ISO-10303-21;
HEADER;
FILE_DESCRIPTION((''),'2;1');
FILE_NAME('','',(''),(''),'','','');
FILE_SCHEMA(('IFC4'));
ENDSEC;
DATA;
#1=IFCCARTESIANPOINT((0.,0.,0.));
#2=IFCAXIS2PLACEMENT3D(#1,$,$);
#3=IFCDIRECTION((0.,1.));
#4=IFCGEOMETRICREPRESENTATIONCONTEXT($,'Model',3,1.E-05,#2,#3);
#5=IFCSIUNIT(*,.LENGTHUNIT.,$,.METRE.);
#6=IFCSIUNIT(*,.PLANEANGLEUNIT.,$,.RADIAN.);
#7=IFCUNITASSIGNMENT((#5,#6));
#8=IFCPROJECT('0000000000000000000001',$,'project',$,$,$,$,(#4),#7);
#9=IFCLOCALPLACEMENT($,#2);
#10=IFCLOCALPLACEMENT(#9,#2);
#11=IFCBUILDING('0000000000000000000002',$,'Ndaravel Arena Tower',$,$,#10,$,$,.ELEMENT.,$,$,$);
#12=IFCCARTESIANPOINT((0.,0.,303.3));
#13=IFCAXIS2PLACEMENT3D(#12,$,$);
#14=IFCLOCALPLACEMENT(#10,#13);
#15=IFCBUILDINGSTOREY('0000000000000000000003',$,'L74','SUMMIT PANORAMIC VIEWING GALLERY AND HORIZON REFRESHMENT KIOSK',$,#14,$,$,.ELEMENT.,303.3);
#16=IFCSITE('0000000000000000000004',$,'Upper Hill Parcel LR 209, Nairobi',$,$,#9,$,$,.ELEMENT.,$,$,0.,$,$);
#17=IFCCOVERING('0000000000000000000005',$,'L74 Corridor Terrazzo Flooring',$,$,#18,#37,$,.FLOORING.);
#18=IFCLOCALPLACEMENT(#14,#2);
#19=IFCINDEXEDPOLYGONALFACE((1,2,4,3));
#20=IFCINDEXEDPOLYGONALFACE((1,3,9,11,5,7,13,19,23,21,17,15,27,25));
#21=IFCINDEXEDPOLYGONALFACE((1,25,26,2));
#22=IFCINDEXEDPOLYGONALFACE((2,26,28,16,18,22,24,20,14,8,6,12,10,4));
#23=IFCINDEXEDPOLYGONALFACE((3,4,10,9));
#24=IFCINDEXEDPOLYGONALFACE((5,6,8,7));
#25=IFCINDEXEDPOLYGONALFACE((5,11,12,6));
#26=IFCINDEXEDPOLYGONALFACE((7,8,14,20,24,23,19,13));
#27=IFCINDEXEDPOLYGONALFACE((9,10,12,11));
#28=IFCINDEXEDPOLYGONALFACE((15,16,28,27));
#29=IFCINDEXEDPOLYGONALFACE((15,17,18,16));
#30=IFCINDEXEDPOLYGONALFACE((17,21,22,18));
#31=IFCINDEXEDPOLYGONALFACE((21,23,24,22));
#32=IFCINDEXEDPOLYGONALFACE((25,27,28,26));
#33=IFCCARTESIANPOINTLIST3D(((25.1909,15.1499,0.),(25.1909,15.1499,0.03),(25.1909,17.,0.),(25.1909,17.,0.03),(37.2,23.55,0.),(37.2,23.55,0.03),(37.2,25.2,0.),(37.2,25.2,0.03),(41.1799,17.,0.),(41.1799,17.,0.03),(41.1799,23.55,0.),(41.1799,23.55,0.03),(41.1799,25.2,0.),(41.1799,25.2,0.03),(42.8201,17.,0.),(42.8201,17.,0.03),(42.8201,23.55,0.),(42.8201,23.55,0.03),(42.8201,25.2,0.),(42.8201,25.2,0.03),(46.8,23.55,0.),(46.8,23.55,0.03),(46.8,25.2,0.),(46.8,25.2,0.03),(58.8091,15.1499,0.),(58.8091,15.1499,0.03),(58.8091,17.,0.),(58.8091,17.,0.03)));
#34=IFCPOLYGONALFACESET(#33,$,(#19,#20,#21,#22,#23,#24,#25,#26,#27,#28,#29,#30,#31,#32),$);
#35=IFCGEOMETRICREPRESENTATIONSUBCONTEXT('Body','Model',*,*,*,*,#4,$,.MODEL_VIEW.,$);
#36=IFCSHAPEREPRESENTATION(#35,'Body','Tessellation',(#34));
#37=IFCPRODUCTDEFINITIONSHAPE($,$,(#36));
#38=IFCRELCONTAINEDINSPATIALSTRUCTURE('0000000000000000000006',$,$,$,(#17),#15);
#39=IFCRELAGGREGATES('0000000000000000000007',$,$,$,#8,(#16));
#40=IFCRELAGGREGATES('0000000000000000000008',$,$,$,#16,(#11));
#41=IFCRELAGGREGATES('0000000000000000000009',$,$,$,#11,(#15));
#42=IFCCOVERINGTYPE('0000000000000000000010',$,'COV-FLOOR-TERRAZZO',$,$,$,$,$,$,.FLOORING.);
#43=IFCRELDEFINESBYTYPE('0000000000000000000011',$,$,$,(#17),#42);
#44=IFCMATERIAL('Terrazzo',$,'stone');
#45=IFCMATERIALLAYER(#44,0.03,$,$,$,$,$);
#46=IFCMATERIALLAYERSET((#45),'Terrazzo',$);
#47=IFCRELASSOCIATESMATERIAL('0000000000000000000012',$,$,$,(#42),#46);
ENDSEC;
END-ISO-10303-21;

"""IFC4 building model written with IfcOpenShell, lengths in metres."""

from ifc_helpers import new_model, si_unit, direction, frame, origin, place, context, subcontext, project, spatial, polyline, outline, extrude, material, layer, layer_set, type_object, element, save


model = new_model("IFC4")

# Units and contexts
model_context = context("Model", 3, precision=1e-05, world=origin(), true_north=direction((0.0, 1.0)))
body_context = subcontext(model_context, "Body", "Model", "MODEL_VIEW")
ifc_project = project(units=[si_unit("LENGTHUNIT", "METRE"), si_unit("PLANEANGLEUNIT", "RADIAN")], contexts=[model_context])

# Site, building, storey
site_placement = place(None, origin())
site = spatial("IfcSite", under=ifc_project, at=site_placement, Name="Upper Hill Parcel LR 209, Nairobi", CompositionType="ELEMENT", RefElevation=0.0)
building_placement = place(site_placement, origin())
building = spatial("IfcBuilding", under=site, at=building_placement, Name="Ndaravel Arena Tower", CompositionType="ELEMENT")
storey_placement = place(building_placement, frame((0.0, 0.0, 303.3)))
storey = spatial("IfcBuildingStorey", under=building, at=storey_placement, Name="L74", Description="SUMMIT PANORAMIC VIEWING GALLERY AND HORIZON REFRESHMENT KIOSK", CompositionType="ELEMENT", Elevation=303.3)

# Covering
ifc_material_1 = material(Name="Terrazzo", Category="stone")
ifc_layer_1 = layer(ifc_material_1, 0.03)
ifc_layer_set_1 = layer_set([ifc_layer_1], Name="Terrazzo")
covering_type_1 = type_object("IfcCoveringType", Name="COV-FLOOR-TERRAZZO", PredefinedType="FLOORING", material=ifc_layer_set_1)
covering_1_placement = place(storey_placement, origin())
element("IfcCovering", 1, at=covering_1_placement, inside=storey, type_object=covering_type_1, Name="L74 Corridor Terrazzo Flooring", PredefinedType="FLOORING", context=body_context, shape_type="SweptSolid", body=[
    extrude(outline(polyline([(58.8091, 17.0), (42.8201, 17.0), (42.8201, 23.55), (46.8, 23.55), (46.8, 25.2), (42.8201, 25.2), (41.1799, 25.2), (37.2, 25.2), (37.2, 23.55), (41.1799, 23.55), (41.1799, 17.0), (25.1909, 17.0), (25.1909, 15.1499), (58.8091, 15.1499), (58.8091, 17.0)])), origin(), (0.0, 0.0, 1.0), 0.03),
])

save(model, "model.ifc")
